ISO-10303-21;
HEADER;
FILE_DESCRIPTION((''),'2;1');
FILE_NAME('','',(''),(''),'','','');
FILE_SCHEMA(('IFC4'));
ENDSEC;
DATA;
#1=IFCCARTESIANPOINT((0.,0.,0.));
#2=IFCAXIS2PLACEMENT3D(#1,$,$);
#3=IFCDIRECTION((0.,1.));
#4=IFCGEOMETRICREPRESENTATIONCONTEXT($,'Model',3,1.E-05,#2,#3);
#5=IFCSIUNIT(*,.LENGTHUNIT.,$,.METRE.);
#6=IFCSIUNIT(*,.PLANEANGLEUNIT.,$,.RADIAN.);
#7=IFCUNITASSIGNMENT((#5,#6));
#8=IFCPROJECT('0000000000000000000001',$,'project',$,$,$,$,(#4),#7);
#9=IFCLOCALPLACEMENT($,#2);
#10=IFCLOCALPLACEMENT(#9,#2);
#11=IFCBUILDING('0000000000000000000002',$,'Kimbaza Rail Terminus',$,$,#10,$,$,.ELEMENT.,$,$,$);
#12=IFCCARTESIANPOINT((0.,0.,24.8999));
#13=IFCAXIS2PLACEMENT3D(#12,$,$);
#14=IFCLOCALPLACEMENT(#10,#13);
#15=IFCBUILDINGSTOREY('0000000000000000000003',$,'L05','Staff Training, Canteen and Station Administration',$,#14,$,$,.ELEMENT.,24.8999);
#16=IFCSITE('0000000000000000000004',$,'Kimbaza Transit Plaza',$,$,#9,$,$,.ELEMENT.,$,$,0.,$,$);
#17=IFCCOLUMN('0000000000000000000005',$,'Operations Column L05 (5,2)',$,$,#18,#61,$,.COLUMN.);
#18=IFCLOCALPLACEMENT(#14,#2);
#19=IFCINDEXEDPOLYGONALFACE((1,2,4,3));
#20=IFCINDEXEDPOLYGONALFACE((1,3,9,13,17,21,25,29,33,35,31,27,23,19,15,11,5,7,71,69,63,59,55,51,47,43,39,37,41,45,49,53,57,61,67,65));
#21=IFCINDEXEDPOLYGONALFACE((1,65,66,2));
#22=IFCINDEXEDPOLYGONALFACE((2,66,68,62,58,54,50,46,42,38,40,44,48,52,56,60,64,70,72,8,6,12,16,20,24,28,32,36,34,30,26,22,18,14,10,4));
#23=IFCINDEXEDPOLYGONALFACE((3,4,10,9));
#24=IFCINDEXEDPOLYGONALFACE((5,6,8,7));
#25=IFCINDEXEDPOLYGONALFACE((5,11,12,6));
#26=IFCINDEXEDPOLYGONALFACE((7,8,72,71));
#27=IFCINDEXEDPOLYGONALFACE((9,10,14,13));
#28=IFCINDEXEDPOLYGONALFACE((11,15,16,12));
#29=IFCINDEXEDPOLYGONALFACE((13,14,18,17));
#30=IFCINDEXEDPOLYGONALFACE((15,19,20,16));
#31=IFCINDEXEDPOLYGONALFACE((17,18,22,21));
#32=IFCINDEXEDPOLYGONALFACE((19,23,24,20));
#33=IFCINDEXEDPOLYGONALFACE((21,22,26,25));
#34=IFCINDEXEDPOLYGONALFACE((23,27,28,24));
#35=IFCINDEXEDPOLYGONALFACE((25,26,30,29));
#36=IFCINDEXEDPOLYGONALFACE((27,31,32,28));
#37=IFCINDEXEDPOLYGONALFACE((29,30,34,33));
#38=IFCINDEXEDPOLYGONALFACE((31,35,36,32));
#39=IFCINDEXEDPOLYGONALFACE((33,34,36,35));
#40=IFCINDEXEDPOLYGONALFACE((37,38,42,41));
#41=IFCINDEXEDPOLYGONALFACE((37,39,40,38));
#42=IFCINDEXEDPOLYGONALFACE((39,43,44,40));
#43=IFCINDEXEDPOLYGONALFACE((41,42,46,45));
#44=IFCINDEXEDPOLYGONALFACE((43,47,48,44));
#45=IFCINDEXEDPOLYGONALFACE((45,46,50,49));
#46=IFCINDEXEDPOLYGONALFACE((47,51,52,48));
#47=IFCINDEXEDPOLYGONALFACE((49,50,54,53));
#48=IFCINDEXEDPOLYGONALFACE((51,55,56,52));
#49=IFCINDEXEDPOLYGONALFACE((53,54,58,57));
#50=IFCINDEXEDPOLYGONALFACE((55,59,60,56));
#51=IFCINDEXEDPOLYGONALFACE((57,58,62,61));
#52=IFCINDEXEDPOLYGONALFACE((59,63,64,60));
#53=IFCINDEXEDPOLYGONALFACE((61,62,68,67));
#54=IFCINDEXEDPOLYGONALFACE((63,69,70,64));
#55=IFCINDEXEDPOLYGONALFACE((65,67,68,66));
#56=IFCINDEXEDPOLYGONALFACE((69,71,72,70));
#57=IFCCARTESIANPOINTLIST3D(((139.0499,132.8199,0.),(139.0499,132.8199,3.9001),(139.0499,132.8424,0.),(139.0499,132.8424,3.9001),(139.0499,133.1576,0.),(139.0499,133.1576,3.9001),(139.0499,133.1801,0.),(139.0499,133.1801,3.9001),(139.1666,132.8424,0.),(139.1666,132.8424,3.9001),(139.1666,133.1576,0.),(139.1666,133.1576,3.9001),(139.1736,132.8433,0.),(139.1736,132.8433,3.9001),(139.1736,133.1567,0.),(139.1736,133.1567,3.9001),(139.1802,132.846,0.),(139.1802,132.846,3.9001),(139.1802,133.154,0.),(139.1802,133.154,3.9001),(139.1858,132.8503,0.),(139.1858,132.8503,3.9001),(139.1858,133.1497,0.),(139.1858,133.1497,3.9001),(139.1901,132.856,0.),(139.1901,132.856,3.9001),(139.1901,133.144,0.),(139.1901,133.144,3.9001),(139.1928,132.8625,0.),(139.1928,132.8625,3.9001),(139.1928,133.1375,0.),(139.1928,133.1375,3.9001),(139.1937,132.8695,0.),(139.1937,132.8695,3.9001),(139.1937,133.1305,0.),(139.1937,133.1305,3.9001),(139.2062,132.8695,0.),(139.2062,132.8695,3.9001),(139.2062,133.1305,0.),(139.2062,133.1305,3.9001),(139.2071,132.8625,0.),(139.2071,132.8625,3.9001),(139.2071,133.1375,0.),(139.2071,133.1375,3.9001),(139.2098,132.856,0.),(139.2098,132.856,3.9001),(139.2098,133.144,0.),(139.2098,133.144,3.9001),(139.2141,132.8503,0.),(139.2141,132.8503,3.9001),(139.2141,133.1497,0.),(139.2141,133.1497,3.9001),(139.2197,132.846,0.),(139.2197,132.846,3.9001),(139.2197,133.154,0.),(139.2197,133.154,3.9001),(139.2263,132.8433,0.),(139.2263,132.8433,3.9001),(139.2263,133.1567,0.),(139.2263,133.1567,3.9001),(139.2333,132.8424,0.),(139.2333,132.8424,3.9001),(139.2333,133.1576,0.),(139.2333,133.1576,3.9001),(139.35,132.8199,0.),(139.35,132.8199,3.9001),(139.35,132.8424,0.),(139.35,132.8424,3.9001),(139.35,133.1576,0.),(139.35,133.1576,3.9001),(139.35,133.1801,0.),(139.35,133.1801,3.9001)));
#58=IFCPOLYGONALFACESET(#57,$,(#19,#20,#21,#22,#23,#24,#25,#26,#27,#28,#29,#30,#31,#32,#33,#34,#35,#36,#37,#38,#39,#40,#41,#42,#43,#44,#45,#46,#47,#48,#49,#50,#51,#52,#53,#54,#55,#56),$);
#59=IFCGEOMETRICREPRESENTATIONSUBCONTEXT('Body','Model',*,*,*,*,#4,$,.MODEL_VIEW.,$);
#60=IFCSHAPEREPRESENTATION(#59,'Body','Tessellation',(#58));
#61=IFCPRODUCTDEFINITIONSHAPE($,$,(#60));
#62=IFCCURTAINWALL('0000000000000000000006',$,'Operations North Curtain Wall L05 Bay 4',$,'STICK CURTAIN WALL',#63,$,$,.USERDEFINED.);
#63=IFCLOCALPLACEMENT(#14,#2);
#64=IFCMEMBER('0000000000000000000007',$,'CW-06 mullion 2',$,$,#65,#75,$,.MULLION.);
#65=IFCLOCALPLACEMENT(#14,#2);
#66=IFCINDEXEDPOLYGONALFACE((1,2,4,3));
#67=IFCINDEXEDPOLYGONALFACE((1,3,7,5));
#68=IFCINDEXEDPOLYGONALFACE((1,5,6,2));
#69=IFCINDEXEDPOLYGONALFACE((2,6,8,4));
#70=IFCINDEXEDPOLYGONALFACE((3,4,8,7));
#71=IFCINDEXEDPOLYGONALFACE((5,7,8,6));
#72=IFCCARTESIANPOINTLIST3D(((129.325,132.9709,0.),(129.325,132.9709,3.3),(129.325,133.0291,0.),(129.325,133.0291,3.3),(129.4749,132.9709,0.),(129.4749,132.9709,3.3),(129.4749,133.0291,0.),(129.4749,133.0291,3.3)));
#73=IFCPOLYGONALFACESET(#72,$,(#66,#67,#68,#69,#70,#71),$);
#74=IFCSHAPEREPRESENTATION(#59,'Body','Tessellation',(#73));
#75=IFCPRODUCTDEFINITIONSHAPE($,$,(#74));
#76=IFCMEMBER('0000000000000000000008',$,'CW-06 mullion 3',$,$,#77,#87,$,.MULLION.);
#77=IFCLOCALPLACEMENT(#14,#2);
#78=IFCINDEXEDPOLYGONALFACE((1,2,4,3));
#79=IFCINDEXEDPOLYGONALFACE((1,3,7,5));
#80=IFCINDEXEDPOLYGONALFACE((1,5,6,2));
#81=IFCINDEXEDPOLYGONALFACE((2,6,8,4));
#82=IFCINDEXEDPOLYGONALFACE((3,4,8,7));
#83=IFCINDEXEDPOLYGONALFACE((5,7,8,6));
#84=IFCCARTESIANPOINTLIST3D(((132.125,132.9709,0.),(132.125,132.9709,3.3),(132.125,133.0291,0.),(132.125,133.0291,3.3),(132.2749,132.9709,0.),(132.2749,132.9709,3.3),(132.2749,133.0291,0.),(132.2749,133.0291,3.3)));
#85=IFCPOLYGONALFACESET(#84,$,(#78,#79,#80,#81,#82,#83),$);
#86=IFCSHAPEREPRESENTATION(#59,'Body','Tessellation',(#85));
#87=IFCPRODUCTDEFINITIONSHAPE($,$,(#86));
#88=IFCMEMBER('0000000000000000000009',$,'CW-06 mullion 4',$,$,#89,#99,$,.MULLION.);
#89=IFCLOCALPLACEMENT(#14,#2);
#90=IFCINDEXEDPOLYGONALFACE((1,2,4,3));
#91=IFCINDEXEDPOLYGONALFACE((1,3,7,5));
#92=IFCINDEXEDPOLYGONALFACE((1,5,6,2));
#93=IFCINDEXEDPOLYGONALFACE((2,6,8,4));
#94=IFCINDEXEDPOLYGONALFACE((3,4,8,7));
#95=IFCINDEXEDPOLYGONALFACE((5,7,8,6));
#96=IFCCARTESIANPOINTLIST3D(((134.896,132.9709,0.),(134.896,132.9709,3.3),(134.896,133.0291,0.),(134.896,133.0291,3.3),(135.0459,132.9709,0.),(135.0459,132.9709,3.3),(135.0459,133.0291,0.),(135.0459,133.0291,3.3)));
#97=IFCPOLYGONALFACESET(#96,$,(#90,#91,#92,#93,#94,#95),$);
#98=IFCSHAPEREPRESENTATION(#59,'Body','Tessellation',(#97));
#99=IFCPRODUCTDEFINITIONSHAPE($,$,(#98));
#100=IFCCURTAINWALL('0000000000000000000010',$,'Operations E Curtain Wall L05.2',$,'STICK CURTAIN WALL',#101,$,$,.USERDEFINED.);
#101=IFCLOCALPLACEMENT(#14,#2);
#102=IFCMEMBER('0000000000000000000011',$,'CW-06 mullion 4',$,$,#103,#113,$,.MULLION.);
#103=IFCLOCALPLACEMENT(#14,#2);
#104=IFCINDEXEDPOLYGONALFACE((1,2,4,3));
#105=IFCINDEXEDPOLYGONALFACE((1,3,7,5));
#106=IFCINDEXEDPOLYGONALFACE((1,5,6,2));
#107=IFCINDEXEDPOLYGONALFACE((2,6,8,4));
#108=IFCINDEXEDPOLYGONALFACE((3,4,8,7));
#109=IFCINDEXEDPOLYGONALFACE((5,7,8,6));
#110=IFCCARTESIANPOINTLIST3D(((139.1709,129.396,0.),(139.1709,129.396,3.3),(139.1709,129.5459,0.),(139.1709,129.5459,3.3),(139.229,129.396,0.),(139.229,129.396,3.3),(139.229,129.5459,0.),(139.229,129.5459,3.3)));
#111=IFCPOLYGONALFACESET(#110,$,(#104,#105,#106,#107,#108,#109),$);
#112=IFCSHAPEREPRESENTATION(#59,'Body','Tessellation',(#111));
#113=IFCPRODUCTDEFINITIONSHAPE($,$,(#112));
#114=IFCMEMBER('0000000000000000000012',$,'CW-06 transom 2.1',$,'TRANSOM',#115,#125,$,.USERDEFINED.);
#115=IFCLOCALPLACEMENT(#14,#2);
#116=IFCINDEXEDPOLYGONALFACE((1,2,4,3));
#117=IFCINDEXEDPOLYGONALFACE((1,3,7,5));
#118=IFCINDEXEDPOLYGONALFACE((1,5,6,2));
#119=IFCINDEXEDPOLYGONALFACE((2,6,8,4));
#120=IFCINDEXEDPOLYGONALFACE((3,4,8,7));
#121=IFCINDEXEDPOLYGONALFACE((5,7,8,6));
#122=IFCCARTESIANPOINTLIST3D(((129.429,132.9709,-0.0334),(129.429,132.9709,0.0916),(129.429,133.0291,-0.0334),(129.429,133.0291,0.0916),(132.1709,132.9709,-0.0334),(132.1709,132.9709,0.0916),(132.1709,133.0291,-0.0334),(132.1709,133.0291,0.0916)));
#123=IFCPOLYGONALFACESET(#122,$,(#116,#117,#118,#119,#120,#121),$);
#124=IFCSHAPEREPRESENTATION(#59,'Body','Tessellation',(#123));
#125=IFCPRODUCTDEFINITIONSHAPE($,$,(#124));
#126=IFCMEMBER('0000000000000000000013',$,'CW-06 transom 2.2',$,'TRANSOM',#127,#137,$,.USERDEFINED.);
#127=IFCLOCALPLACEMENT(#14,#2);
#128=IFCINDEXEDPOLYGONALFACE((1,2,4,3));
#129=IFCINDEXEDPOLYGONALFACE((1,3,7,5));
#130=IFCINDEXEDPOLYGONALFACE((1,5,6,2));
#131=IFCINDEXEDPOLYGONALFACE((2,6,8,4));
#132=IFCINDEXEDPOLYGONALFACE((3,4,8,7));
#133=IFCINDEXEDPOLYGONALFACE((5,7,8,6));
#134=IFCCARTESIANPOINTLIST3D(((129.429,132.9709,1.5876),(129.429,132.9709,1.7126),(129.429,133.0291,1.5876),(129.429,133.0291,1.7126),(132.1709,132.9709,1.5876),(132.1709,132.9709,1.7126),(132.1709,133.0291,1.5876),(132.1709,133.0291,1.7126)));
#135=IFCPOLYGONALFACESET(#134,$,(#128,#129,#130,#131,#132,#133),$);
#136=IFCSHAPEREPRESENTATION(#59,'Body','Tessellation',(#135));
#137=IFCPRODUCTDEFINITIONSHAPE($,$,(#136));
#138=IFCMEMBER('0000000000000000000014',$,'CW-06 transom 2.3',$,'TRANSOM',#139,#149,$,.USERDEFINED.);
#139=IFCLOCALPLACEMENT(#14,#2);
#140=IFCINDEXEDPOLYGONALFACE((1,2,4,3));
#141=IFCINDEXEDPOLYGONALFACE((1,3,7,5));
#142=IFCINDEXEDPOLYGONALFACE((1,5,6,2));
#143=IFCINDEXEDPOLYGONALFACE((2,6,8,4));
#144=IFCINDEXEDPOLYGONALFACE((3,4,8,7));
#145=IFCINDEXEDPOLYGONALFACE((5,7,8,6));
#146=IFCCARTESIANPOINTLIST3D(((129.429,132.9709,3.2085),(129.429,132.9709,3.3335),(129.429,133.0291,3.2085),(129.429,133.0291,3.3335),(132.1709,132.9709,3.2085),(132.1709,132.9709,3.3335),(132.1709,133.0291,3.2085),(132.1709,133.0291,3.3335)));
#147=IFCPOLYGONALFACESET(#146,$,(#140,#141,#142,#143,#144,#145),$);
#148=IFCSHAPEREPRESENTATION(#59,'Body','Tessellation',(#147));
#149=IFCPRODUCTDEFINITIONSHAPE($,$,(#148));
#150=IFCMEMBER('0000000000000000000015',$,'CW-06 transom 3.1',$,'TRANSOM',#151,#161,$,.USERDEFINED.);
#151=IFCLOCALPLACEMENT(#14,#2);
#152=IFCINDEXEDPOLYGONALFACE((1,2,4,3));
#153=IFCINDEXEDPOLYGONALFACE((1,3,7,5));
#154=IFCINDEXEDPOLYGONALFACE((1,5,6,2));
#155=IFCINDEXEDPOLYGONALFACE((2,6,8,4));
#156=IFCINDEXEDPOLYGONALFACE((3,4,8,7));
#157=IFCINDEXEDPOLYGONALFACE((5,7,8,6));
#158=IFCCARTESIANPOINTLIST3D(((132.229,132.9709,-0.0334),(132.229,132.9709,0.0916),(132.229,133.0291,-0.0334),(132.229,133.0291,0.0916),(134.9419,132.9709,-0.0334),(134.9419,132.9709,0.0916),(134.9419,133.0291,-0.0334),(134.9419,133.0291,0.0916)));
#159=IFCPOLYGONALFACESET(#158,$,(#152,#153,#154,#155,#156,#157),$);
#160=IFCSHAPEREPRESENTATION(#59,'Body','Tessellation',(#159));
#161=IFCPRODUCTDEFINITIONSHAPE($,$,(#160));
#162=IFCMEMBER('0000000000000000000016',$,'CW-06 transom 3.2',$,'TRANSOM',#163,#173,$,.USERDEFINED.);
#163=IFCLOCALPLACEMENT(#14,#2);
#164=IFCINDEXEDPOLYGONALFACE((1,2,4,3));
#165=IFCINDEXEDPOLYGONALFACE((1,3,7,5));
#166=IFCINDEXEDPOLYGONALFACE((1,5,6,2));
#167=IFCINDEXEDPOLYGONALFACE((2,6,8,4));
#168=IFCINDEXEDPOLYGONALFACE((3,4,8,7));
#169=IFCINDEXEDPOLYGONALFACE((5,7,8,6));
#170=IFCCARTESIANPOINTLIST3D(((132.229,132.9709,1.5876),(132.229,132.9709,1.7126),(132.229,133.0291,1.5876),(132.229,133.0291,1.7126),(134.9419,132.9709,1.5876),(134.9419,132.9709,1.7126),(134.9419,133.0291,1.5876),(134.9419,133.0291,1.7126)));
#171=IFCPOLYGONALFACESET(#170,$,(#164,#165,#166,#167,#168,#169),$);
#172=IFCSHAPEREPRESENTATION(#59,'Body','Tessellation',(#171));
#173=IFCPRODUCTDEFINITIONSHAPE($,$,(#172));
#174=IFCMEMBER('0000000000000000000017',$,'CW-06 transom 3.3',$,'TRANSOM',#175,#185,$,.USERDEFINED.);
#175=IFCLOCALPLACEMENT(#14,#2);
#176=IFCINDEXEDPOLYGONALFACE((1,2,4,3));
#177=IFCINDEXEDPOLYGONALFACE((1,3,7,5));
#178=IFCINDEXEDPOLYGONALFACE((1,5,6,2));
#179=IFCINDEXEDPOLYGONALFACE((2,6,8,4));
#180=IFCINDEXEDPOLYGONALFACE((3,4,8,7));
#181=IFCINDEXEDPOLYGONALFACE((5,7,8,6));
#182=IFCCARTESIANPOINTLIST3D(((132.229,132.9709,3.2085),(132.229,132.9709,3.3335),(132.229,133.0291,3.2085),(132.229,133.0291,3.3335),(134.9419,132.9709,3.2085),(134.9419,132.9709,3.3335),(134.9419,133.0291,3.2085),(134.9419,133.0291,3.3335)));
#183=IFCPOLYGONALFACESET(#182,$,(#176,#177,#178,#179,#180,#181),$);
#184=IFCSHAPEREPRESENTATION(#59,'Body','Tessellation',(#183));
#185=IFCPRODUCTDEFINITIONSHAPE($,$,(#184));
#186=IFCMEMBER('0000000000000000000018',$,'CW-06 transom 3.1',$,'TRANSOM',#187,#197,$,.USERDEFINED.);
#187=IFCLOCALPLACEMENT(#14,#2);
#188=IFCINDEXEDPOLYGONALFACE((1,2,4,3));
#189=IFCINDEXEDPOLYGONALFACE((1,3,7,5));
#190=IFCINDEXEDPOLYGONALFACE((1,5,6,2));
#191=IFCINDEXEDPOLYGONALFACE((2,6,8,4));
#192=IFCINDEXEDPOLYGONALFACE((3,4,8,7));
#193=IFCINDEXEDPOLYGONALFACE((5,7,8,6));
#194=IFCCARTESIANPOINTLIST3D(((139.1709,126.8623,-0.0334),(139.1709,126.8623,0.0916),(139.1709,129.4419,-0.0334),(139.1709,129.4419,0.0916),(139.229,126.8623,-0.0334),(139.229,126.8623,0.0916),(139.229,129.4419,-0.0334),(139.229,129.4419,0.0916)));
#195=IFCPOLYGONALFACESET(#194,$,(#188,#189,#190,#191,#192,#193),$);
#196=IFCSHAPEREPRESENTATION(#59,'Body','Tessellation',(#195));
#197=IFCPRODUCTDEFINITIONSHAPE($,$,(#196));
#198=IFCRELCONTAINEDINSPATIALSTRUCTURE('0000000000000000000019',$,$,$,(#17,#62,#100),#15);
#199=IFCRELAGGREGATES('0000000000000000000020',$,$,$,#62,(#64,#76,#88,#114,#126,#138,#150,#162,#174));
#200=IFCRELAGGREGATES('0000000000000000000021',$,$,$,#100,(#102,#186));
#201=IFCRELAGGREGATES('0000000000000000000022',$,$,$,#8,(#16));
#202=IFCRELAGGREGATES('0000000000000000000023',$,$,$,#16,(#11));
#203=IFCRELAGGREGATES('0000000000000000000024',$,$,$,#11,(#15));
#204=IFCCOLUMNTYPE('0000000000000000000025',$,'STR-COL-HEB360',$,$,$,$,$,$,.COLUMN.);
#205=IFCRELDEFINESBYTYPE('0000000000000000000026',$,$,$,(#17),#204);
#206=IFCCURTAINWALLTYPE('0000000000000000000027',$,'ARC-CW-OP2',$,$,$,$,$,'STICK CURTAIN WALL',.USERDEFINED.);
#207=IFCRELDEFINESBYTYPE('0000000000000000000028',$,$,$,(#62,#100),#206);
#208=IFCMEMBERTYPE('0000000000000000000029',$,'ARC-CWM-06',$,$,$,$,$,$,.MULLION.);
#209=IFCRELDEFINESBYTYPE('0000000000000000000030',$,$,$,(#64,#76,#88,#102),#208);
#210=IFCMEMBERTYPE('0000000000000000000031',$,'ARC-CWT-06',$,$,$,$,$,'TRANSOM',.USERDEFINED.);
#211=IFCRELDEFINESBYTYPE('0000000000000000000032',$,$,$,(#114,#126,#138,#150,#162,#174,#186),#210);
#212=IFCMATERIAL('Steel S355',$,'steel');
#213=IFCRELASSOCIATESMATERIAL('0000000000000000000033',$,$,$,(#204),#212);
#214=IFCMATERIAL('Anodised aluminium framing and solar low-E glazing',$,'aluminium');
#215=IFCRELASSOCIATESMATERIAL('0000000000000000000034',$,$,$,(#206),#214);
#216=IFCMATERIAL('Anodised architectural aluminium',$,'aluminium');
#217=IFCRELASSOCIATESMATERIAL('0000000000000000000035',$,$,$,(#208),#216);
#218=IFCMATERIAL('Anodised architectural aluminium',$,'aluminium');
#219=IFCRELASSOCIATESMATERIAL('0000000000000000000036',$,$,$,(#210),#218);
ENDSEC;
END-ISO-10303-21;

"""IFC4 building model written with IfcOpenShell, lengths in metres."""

from ifc_helpers import new_model, si_unit, direction, frame, origin, origin_2d, place, context, subcontext, project, spatial, rectangle, i_section, extrude, material, material_profile, profile_set, type_object, element, aggregate, save


model = new_model("IFC4")

# Units and contexts
model_context = context("Model", 3, precision=1e-05, world=origin(), true_north=direction((0.0, 1.0)))
body_context = subcontext(model_context, "Body", "Model", "MODEL_VIEW")
ifc_project = project(units=[si_unit("LENGTHUNIT", "METRE"), si_unit("PLANEANGLEUNIT", "RADIAN")], contexts=[model_context])

# Site, building, storey
site_placement = place(None, origin())
site = spatial("IfcSite", under=ifc_project, at=site_placement, Name="Kimbaza Transit Plaza", CompositionType="ELEMENT", RefElevation=0.0)
building_placement = place(site_placement, origin())
building = spatial("IfcBuilding", under=site, at=building_placement, Name="Kimbaza Rail Terminus", CompositionType="ELEMENT")
storey_placement = place(building_placement, frame((0.0, 0.0, 24.8999)))
storey = spatial("IfcBuildingStorey", under=building, at=storey_placement, Name="L05", Description="Staff Training, Canteen and Station Administration", CompositionType="ELEMENT", Elevation=24.8999)

# Column
ifc_material_1 = material(Name="Steel S355", Category="steel")
ifc_material_profile_1 = material_profile(ifc_material_1, i_section(OverallWidth=0.3, OverallDepth=0.3601, WebThickness=0.0125, FlangeThickness=0.0225, FilletRadius=0.0271, at=origin_2d()), Name="HEB 360")
ifc_profile_set_1 = profile_set([ifc_material_profile_1], Name="Steel S355")
column_type = type_object("IfcColumnType", Name="STR-COL-HEB360", PredefinedType="COLUMN", material=ifc_profile_set_1)
column_placement = place(storey_placement, frame((139.2, 133.0, 0.0), z_axis=(0.0, 0.0, 1.0), x_axis=(1.0, 0.0, 0.0)))
element("IfcColumn", 1, at=column_placement, inside=storey, type_object=column_type, Name="Operations Column L05 (5,2)", PredefinedType="COLUMN", context=body_context, shape_type="SweptSolid", body=[
    extrude(i_section(OverallWidth=0.3, OverallDepth=0.3601, WebThickness=0.0125, FlangeThickness=0.0225, FilletRadius=0.0271, at=origin_2d()), origin(), (0.0, 0.0, 1.0), 3.9001),
])

# Curtain wall, members
ifc_material_2 = material(Name="Anodised aluminium framing and solar low-E glazing", Category="aluminium")
curtain_wall_type = type_object("IfcCurtainWallType", Name="ARC-CW-OP2", ElementType="STICK CURTAIN WALL", PredefinedType="USERDEFINED", material=ifc_material_2)
curtain_wall_1_placement = place(storey_placement, origin())
curtain_wall_1 = element("IfcCurtainWall", 2, at=curtain_wall_1_placement, inside=storey, type_object=curtain_wall_type, Name="Operations North Curtain Wall L05 Bay 4", ObjectType="STICK CURTAIN WALL", PredefinedType="USERDEFINED")
ifc_material_3 = material(Name="Anodised architectural aluminium", Category="aluminium")
ifc_material_profile_2 = material_profile(ifc_material_3, rectangle(XDim=0.0581, YDim=0.1499, at=origin_2d()), Name="MULLION 58x150")
ifc_profile_set_2 = profile_set([ifc_material_profile_2], Name="Anodised architectural aluminium")
member_type_1 = type_object("IfcMemberType", Name="ARC-CWM-06", PredefinedType="MULLION", material=ifc_profile_set_2)
member_1_placement = place(storey_placement, frame((129.3999, 133.0, 0.0), z_axis=(0.0, 0.0, 1.0), x_axis=(0.0, 1.0, 0.0)))
member_1 = element("IfcMember", 3, at=member_1_placement, type_object=member_type_1, Name="CW-06 mullion 2", PredefinedType="MULLION", context=body_context, shape_type="SweptSolid", body=[
    extrude(rectangle(XDim=0.0581, YDim=0.1499, at=origin_2d()), origin(), (0.0, 0.0, 1.0), 3.3),
])
member_2_placement = place(storey_placement, frame((132.2, 133.0, 0.0), z_axis=(0.0, 0.0, 1.0), x_axis=(0.0, 1.0, 0.0)))
member_2 = element("IfcMember", 4, at=member_2_placement, type_object=member_type_1, Name="CW-06 mullion 3", PredefinedType="MULLION", context=body_context, shape_type="SweptSolid", body=[
    extrude(rectangle(XDim=0.0581, YDim=0.1499, at=origin_2d()), origin(), (0.0, 0.0, 1.0), 3.3),
])
member_3_placement = place(storey_placement, frame((134.9709, 133.0, 0.0), z_axis=(0.0, 0.0, 1.0), x_axis=(0.0, 1.0, 0.0)))
member_3 = element("IfcMember", 5, at=member_3_placement, type_object=member_type_1, Name="CW-06 mullion 4", PredefinedType="MULLION", context=body_context, shape_type="SweptSolid", body=[
    extrude(rectangle(XDim=0.0581, YDim=0.1499, at=origin_2d()), origin(), (0.0, 0.0, 1.0), 3.3),
])

# Curtain wall, member
curtain_wall_2_placement = place(storey_placement, origin())
curtain_wall_2 = element("IfcCurtainWall", 6, at=curtain_wall_2_placement, inside=storey, type_object=curtain_wall_type, Name="Operations E Curtain Wall L05.2", ObjectType="STICK CURTAIN WALL", PredefinedType="USERDEFINED")
member_4_placement = place(storey_placement, frame((139.2, 129.4709, 0.0), z_axis=(0.0, 0.0, 1.0), x_axis=(-1.0, 0.0, 0.0)))
member_4 = element("IfcMember", 7, at=member_4_placement, type_object=member_type_1, Name="CW-06 mullion 4", PredefinedType="MULLION", context=body_context, shape_type="SweptSolid", body=[
    extrude(rectangle(XDim=0.0581, YDim=0.1499, at=origin_2d()), origin(), (0.0, 0.0, 1.0), 3.3),
])

# Members
ifc_material_4 = material(Name="Anodised architectural aluminium", Category="aluminium")
ifc_material_profile_3 = material_profile(ifc_material_4, rectangle(XDim=0.0581, YDim=0.125, at=origin_2d()), Name="TRANSOM 58x125")
ifc_profile_set_3 = profile_set([ifc_material_profile_3], Name="Anodised architectural aluminium")
member_type_2 = type_object("IfcMemberType", Name="ARC-CWT-06", ElementType="TRANSOM", PredefinedType="USERDEFINED", material=ifc_profile_set_3)
member_5_placement = place(storey_placement, frame((129.429, 133.0, 0.0291), z_axis=(1.0, 0.0, 0.0), x_axis=(0.0, 1.0, 0.0)))
member_5 = element("IfcMember", 8, at=member_5_placement, type_object=member_type_2, Name="CW-06 transom 2.1", ObjectType="TRANSOM", PredefinedType="USERDEFINED", context=body_context, shape_type="SweptSolid", body=[
    extrude(rectangle(XDim=0.0581, YDim=0.125, at=origin_2d()), origin(), (0.0, 0.0, 1.0), 2.7419),
])
member_6_placement = place(storey_placement, frame((129.429, 133.0, 1.6501), z_axis=(1.0, 0.0, 0.0), x_axis=(0.0, 1.0, 0.0)))
member_6 = element("IfcMember", 9, at=member_6_placement, type_object=member_type_2, Name="CW-06 transom 2.2", ObjectType="TRANSOM", PredefinedType="USERDEFINED", context=body_context, shape_type="SweptSolid", body=[
    extrude(rectangle(XDim=0.0581, YDim=0.125, at=origin_2d()), origin(), (0.0, 0.0, 1.0), 2.7419),
])
member_7_placement = place(storey_placement, frame((129.429, 133.0, 3.271), z_axis=(1.0, 0.0, 0.0), x_axis=(0.0, 1.0, 0.0)))
member_7 = element("IfcMember", 10, at=member_7_placement, type_object=member_type_2, Name="CW-06 transom 2.3", ObjectType="TRANSOM", PredefinedType="USERDEFINED", context=body_context, shape_type="SweptSolid", body=[
    extrude(rectangle(XDim=0.0581, YDim=0.125, at=origin_2d()), origin(), (0.0, 0.0, 1.0), 2.7419),
])
member_8_placement = place(storey_placement, frame((132.229, 133.0, 0.0291), z_axis=(1.0, 0.0, 0.0), x_axis=(0.0, 1.0, 0.0)))
member_8 = element("IfcMember", 11, at=member_8_placement, type_object=member_type_2, Name="CW-06 transom 3.1", ObjectType="TRANSOM", PredefinedType="USERDEFINED", context=body_context, shape_type="SweptSolid", body=[
    extrude(rectangle(XDim=0.0581, YDim=0.125, at=origin_2d()), origin(), (0.0, 0.0, 1.0), 2.7129),
])
member_9_placement = place(storey_placement, frame((132.229, 133.0, 1.6501), z_axis=(1.0, 0.0, 0.0), x_axis=(0.0, 1.0, 0.0)))
member_9 = element("IfcMember", 12, at=member_9_placement, type_object=member_type_2, Name="CW-06 transom 3.2", ObjectType="TRANSOM", PredefinedType="USERDEFINED", context=body_context, shape_type="SweptSolid", body=[
    extrude(rectangle(XDim=0.0581, YDim=0.125, at=origin_2d()), origin(), (0.0, 0.0, 1.0), 2.7129),
])
member_10_placement = place(storey_placement, frame((132.229, 133.0, 3.271), z_axis=(1.0, 0.0, 0.0), x_axis=(0.0, 1.0, 0.0)))
member_10 = element("IfcMember", 13, at=member_10_placement, type_object=member_type_2, Name="CW-06 transom 3.3", ObjectType="TRANSOM", PredefinedType="USERDEFINED", context=body_context, shape_type="SweptSolid", body=[
    extrude(rectangle(XDim=0.0581, YDim=0.125, at=origin_2d()), origin(), (0.0, 0.0, 1.0), 2.7129),
])
member_11_placement = place(storey_placement, frame((139.2, 126.8623, 0.0291), z_axis=(0.0, 1.0, 0.0), x_axis=(-1.0, 0.0, 0.0)))
member_11 = element("IfcMember", 14, at=member_11_placement, type_object=member_type_2, Name="CW-06 transom 3.1", ObjectType="TRANSOM", PredefinedType="USERDEFINED", context=body_context, shape_type="SweptSolid", body=[
    extrude(rectangle(XDim=0.0581, YDim=0.125, at=origin_2d()), origin(), (0.0, 0.0, 1.0), 2.5796),
])

aggregate(curtain_wall_1, [member_1, member_2, member_3, member_5, member_6, member_7, member_8, member_9, member_10])
aggregate(curtain_wall_2, [member_4, member_11])

save(model, "model.ifc")
